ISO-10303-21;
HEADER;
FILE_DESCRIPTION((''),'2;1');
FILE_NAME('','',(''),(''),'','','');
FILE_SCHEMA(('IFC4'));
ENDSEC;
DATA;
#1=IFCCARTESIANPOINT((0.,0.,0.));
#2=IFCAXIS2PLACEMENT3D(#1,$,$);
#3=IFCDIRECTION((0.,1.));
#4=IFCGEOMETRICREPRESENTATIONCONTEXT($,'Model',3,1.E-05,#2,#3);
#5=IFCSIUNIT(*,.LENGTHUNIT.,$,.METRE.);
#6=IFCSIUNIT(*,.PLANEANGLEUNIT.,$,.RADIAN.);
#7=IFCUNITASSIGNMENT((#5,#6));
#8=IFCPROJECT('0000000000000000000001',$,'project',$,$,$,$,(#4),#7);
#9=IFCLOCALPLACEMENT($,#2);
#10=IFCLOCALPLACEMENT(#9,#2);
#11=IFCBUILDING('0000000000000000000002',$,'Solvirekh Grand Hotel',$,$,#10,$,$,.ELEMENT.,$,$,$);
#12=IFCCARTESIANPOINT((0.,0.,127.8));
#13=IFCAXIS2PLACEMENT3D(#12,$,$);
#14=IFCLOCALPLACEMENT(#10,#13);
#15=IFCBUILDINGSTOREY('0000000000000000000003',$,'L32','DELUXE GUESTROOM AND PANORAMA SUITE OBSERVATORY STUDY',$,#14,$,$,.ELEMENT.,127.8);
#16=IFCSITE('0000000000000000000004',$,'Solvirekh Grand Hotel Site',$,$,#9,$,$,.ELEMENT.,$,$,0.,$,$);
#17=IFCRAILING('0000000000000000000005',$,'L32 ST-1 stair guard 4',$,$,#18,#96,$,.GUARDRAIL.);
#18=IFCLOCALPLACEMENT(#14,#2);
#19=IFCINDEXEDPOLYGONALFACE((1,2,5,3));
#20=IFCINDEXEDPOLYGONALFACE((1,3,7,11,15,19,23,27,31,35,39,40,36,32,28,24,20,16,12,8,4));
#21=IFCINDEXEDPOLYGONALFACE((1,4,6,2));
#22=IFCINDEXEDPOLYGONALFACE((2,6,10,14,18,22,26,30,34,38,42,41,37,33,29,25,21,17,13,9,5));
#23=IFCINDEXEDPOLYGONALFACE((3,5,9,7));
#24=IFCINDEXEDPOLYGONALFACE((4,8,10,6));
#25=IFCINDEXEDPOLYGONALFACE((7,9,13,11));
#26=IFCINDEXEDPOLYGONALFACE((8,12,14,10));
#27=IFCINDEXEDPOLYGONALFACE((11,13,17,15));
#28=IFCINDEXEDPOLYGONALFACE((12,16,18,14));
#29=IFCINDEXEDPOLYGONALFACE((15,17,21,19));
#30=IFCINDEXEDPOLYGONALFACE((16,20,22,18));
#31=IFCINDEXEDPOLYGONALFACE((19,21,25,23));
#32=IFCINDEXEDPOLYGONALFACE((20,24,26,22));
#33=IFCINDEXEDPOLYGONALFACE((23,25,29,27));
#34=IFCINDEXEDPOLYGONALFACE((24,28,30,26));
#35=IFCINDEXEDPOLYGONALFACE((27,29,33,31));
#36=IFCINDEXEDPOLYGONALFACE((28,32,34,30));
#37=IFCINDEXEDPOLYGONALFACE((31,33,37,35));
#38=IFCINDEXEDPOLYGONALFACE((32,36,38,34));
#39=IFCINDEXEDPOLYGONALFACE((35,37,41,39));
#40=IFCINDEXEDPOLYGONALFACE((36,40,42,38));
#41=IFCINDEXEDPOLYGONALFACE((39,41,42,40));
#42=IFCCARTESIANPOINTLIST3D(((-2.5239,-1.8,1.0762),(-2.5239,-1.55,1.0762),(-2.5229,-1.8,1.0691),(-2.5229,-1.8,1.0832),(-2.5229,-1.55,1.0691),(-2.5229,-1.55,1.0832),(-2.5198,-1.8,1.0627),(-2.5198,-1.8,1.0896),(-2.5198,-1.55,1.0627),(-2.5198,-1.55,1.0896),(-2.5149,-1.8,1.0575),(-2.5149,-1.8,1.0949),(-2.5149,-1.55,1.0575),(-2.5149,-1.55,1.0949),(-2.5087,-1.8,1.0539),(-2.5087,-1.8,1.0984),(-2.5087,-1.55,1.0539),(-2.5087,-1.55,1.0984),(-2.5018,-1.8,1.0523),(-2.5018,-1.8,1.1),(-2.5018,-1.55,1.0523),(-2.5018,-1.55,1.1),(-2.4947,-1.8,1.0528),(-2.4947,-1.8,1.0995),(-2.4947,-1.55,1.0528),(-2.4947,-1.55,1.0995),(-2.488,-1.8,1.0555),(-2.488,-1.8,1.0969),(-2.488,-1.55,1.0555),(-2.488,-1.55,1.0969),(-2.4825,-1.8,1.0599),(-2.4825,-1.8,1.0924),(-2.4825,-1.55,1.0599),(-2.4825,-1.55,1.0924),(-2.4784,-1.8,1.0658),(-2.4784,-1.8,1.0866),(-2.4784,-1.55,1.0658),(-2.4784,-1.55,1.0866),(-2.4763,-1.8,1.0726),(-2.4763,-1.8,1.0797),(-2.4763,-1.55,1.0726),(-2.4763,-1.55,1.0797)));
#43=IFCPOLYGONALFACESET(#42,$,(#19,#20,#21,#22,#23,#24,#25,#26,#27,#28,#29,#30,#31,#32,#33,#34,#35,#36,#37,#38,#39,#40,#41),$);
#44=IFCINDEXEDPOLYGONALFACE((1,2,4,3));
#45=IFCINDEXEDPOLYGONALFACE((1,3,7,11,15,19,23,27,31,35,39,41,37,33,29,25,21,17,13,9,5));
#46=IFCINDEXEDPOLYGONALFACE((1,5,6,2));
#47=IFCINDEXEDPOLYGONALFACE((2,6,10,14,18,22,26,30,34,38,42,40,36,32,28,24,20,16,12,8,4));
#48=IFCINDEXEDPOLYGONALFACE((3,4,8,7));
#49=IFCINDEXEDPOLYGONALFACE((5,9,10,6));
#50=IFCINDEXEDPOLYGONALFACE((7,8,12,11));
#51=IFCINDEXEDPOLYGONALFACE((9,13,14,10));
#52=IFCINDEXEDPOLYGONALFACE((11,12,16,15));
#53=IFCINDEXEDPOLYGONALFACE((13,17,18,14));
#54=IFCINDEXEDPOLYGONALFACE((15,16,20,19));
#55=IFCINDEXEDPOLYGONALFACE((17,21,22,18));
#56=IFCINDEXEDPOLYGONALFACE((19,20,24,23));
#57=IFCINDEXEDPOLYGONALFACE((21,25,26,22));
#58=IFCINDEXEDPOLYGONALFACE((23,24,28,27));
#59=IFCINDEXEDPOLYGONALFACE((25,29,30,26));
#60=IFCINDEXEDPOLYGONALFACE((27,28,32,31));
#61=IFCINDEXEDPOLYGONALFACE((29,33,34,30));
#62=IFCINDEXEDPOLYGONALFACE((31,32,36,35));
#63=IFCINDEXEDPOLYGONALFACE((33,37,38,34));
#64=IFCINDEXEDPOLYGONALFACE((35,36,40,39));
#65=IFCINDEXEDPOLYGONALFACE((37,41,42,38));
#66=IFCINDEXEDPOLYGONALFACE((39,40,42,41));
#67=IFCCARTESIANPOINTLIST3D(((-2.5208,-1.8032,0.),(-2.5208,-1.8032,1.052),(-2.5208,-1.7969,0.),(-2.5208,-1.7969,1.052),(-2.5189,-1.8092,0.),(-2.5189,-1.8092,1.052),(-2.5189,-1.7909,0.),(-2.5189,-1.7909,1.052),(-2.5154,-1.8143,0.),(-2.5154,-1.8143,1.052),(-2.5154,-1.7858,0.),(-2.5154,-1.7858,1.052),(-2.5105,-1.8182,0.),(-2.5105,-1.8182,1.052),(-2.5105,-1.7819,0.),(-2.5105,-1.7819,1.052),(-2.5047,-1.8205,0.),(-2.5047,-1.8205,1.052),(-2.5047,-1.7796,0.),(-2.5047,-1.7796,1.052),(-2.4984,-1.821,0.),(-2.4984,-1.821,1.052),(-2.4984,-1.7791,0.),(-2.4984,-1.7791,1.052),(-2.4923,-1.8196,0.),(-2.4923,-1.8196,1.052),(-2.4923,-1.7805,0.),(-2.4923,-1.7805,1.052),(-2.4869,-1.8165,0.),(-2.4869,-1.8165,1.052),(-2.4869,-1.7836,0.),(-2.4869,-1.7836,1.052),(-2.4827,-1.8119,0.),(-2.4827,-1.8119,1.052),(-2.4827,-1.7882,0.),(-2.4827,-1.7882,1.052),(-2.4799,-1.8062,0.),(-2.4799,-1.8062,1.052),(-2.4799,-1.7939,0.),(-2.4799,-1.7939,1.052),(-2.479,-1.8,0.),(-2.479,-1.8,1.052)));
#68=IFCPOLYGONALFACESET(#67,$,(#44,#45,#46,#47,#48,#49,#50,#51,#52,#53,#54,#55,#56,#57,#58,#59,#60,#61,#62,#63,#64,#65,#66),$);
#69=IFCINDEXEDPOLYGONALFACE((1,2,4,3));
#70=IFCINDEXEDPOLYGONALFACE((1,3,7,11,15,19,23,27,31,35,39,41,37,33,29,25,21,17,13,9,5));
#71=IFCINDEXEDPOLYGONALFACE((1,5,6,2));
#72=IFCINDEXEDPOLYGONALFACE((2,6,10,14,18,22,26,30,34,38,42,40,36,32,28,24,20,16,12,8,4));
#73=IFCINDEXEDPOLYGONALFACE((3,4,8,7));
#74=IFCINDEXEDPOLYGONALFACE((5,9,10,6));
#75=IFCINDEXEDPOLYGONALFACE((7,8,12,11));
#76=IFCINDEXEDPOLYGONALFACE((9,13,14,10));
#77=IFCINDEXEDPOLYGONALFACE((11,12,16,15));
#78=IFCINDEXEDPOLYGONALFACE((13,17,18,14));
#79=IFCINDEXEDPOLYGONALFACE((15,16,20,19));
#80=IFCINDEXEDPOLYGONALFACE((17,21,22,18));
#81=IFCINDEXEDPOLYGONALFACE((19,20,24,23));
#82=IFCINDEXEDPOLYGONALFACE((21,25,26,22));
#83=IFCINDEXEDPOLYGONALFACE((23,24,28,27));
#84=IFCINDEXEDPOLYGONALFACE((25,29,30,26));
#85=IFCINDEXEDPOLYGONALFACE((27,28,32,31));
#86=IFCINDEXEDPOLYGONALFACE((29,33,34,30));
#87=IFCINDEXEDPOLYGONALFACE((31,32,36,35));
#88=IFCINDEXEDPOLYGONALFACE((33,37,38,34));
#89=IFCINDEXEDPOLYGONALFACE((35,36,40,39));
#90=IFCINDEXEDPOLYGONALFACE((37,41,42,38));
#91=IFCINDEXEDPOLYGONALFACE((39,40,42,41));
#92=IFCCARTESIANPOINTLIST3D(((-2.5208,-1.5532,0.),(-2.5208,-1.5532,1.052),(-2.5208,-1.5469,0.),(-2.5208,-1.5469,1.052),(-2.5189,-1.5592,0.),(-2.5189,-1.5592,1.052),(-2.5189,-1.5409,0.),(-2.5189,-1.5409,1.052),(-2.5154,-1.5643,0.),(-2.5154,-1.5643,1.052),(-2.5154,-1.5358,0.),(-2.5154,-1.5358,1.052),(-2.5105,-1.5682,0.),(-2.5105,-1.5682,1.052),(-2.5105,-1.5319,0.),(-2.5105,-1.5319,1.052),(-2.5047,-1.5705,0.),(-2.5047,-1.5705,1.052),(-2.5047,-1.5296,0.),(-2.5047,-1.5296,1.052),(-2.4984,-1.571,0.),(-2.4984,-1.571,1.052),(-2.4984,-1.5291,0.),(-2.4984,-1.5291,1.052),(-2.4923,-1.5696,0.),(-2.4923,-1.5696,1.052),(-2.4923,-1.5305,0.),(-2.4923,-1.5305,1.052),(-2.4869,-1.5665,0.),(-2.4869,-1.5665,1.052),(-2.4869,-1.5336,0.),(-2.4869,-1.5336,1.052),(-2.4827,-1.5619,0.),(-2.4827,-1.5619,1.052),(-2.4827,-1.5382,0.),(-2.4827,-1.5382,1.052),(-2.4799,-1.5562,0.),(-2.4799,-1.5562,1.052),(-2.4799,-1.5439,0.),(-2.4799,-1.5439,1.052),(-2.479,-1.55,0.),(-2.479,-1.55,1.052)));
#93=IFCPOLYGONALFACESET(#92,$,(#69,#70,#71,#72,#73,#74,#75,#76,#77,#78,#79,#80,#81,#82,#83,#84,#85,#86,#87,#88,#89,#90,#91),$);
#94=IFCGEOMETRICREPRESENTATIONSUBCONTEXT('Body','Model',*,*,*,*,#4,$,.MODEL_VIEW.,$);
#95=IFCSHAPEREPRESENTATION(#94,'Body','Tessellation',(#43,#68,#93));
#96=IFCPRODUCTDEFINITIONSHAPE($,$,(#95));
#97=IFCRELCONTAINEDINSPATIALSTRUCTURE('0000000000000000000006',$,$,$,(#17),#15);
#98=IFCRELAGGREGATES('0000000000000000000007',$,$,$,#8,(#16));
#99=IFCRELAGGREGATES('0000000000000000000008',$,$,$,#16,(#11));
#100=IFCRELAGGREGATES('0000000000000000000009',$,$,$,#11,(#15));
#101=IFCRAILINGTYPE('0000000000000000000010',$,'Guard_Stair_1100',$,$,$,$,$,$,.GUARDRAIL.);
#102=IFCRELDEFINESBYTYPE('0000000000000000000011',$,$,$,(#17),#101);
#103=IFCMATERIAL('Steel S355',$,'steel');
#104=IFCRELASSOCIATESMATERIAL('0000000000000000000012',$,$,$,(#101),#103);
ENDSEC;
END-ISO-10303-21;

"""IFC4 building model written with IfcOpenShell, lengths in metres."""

from ifc_helpers import new_model, si_unit, direction, frame, origin, origin_2d, place, context, subcontext, project, spatial, circle, extrude, material, type_object, element, save


model = new_model("IFC4")

# Units and contexts
model_context = context("Model", 3, precision=1e-05, world=origin(), true_north=direction((0.0, 1.0)))
body_context = subcontext(model_context, "Body", "Model", "MODEL_VIEW")
ifc_project = project(units=[si_unit("LENGTHUNIT", "METRE"), si_unit("PLANEANGLEUNIT", "RADIAN")], contexts=[model_context])

# Site, building, storey
site_placement = place(None, origin())
site = spatial("IfcSite", under=ifc_project, at=site_placement, Name="Solvirekh Grand Hotel Site", CompositionType="ELEMENT", RefElevation=0.0)
building_placement = place(site_placement, origin())
building = spatial("IfcBuilding", under=site, at=building_placement, Name="Solvirekh Grand Hotel", CompositionType="ELEMENT")
storey_placement = place(building_placement, frame((0.0, 0.0, 127.8)))
storey = spatial("IfcBuildingStorey", under=building, at=storey_placement, Name="L32", Description="DELUXE GUESTROOM AND PANORAMA SUITE OBSERVATORY STUDY", CompositionType="ELEMENT", Elevation=127.8)

# Shared definitions
ifc_material_1 = material(Name="Steel S355", Category="steel")

# Railing
railing_type_1 = type_object("IfcRailingType", Name="Guard_Stair_1100", PredefinedType="GUARDRAIL", material=ifc_material_1)
railing_1_placement = place(storey_placement, frame((-2.5, -1.8, 0.0)))
element("IfcRailing", 1, at=railing_1_placement, inside=storey, type_object=railing_type_1, Name="L32 ST-1 stair guard 4", PredefinedType="GUARDRAIL", context=body_context, shape_type="SweptSolid", body=[
    extrude(circle(Radius=0.0239, at=origin_2d()), frame((0.0, 0.0, 1.0762), z_axis=(0.0, 1.0, 0.0), x_axis=(-1.0, 0.0, 0.0)), (0.0, 0.0, 1.0), 0.25),
    extrude(circle(Radius=0.021, at=origin_2d()), origin(), (0.0, 0.0, 1.0), 1.052),
    extrude(circle(Radius=0.021, at=origin_2d()), frame((0.0, 0.25, 0.0)), (0.0, 0.0, 1.0), 1.052),
])

save(model, "model.ifc")
